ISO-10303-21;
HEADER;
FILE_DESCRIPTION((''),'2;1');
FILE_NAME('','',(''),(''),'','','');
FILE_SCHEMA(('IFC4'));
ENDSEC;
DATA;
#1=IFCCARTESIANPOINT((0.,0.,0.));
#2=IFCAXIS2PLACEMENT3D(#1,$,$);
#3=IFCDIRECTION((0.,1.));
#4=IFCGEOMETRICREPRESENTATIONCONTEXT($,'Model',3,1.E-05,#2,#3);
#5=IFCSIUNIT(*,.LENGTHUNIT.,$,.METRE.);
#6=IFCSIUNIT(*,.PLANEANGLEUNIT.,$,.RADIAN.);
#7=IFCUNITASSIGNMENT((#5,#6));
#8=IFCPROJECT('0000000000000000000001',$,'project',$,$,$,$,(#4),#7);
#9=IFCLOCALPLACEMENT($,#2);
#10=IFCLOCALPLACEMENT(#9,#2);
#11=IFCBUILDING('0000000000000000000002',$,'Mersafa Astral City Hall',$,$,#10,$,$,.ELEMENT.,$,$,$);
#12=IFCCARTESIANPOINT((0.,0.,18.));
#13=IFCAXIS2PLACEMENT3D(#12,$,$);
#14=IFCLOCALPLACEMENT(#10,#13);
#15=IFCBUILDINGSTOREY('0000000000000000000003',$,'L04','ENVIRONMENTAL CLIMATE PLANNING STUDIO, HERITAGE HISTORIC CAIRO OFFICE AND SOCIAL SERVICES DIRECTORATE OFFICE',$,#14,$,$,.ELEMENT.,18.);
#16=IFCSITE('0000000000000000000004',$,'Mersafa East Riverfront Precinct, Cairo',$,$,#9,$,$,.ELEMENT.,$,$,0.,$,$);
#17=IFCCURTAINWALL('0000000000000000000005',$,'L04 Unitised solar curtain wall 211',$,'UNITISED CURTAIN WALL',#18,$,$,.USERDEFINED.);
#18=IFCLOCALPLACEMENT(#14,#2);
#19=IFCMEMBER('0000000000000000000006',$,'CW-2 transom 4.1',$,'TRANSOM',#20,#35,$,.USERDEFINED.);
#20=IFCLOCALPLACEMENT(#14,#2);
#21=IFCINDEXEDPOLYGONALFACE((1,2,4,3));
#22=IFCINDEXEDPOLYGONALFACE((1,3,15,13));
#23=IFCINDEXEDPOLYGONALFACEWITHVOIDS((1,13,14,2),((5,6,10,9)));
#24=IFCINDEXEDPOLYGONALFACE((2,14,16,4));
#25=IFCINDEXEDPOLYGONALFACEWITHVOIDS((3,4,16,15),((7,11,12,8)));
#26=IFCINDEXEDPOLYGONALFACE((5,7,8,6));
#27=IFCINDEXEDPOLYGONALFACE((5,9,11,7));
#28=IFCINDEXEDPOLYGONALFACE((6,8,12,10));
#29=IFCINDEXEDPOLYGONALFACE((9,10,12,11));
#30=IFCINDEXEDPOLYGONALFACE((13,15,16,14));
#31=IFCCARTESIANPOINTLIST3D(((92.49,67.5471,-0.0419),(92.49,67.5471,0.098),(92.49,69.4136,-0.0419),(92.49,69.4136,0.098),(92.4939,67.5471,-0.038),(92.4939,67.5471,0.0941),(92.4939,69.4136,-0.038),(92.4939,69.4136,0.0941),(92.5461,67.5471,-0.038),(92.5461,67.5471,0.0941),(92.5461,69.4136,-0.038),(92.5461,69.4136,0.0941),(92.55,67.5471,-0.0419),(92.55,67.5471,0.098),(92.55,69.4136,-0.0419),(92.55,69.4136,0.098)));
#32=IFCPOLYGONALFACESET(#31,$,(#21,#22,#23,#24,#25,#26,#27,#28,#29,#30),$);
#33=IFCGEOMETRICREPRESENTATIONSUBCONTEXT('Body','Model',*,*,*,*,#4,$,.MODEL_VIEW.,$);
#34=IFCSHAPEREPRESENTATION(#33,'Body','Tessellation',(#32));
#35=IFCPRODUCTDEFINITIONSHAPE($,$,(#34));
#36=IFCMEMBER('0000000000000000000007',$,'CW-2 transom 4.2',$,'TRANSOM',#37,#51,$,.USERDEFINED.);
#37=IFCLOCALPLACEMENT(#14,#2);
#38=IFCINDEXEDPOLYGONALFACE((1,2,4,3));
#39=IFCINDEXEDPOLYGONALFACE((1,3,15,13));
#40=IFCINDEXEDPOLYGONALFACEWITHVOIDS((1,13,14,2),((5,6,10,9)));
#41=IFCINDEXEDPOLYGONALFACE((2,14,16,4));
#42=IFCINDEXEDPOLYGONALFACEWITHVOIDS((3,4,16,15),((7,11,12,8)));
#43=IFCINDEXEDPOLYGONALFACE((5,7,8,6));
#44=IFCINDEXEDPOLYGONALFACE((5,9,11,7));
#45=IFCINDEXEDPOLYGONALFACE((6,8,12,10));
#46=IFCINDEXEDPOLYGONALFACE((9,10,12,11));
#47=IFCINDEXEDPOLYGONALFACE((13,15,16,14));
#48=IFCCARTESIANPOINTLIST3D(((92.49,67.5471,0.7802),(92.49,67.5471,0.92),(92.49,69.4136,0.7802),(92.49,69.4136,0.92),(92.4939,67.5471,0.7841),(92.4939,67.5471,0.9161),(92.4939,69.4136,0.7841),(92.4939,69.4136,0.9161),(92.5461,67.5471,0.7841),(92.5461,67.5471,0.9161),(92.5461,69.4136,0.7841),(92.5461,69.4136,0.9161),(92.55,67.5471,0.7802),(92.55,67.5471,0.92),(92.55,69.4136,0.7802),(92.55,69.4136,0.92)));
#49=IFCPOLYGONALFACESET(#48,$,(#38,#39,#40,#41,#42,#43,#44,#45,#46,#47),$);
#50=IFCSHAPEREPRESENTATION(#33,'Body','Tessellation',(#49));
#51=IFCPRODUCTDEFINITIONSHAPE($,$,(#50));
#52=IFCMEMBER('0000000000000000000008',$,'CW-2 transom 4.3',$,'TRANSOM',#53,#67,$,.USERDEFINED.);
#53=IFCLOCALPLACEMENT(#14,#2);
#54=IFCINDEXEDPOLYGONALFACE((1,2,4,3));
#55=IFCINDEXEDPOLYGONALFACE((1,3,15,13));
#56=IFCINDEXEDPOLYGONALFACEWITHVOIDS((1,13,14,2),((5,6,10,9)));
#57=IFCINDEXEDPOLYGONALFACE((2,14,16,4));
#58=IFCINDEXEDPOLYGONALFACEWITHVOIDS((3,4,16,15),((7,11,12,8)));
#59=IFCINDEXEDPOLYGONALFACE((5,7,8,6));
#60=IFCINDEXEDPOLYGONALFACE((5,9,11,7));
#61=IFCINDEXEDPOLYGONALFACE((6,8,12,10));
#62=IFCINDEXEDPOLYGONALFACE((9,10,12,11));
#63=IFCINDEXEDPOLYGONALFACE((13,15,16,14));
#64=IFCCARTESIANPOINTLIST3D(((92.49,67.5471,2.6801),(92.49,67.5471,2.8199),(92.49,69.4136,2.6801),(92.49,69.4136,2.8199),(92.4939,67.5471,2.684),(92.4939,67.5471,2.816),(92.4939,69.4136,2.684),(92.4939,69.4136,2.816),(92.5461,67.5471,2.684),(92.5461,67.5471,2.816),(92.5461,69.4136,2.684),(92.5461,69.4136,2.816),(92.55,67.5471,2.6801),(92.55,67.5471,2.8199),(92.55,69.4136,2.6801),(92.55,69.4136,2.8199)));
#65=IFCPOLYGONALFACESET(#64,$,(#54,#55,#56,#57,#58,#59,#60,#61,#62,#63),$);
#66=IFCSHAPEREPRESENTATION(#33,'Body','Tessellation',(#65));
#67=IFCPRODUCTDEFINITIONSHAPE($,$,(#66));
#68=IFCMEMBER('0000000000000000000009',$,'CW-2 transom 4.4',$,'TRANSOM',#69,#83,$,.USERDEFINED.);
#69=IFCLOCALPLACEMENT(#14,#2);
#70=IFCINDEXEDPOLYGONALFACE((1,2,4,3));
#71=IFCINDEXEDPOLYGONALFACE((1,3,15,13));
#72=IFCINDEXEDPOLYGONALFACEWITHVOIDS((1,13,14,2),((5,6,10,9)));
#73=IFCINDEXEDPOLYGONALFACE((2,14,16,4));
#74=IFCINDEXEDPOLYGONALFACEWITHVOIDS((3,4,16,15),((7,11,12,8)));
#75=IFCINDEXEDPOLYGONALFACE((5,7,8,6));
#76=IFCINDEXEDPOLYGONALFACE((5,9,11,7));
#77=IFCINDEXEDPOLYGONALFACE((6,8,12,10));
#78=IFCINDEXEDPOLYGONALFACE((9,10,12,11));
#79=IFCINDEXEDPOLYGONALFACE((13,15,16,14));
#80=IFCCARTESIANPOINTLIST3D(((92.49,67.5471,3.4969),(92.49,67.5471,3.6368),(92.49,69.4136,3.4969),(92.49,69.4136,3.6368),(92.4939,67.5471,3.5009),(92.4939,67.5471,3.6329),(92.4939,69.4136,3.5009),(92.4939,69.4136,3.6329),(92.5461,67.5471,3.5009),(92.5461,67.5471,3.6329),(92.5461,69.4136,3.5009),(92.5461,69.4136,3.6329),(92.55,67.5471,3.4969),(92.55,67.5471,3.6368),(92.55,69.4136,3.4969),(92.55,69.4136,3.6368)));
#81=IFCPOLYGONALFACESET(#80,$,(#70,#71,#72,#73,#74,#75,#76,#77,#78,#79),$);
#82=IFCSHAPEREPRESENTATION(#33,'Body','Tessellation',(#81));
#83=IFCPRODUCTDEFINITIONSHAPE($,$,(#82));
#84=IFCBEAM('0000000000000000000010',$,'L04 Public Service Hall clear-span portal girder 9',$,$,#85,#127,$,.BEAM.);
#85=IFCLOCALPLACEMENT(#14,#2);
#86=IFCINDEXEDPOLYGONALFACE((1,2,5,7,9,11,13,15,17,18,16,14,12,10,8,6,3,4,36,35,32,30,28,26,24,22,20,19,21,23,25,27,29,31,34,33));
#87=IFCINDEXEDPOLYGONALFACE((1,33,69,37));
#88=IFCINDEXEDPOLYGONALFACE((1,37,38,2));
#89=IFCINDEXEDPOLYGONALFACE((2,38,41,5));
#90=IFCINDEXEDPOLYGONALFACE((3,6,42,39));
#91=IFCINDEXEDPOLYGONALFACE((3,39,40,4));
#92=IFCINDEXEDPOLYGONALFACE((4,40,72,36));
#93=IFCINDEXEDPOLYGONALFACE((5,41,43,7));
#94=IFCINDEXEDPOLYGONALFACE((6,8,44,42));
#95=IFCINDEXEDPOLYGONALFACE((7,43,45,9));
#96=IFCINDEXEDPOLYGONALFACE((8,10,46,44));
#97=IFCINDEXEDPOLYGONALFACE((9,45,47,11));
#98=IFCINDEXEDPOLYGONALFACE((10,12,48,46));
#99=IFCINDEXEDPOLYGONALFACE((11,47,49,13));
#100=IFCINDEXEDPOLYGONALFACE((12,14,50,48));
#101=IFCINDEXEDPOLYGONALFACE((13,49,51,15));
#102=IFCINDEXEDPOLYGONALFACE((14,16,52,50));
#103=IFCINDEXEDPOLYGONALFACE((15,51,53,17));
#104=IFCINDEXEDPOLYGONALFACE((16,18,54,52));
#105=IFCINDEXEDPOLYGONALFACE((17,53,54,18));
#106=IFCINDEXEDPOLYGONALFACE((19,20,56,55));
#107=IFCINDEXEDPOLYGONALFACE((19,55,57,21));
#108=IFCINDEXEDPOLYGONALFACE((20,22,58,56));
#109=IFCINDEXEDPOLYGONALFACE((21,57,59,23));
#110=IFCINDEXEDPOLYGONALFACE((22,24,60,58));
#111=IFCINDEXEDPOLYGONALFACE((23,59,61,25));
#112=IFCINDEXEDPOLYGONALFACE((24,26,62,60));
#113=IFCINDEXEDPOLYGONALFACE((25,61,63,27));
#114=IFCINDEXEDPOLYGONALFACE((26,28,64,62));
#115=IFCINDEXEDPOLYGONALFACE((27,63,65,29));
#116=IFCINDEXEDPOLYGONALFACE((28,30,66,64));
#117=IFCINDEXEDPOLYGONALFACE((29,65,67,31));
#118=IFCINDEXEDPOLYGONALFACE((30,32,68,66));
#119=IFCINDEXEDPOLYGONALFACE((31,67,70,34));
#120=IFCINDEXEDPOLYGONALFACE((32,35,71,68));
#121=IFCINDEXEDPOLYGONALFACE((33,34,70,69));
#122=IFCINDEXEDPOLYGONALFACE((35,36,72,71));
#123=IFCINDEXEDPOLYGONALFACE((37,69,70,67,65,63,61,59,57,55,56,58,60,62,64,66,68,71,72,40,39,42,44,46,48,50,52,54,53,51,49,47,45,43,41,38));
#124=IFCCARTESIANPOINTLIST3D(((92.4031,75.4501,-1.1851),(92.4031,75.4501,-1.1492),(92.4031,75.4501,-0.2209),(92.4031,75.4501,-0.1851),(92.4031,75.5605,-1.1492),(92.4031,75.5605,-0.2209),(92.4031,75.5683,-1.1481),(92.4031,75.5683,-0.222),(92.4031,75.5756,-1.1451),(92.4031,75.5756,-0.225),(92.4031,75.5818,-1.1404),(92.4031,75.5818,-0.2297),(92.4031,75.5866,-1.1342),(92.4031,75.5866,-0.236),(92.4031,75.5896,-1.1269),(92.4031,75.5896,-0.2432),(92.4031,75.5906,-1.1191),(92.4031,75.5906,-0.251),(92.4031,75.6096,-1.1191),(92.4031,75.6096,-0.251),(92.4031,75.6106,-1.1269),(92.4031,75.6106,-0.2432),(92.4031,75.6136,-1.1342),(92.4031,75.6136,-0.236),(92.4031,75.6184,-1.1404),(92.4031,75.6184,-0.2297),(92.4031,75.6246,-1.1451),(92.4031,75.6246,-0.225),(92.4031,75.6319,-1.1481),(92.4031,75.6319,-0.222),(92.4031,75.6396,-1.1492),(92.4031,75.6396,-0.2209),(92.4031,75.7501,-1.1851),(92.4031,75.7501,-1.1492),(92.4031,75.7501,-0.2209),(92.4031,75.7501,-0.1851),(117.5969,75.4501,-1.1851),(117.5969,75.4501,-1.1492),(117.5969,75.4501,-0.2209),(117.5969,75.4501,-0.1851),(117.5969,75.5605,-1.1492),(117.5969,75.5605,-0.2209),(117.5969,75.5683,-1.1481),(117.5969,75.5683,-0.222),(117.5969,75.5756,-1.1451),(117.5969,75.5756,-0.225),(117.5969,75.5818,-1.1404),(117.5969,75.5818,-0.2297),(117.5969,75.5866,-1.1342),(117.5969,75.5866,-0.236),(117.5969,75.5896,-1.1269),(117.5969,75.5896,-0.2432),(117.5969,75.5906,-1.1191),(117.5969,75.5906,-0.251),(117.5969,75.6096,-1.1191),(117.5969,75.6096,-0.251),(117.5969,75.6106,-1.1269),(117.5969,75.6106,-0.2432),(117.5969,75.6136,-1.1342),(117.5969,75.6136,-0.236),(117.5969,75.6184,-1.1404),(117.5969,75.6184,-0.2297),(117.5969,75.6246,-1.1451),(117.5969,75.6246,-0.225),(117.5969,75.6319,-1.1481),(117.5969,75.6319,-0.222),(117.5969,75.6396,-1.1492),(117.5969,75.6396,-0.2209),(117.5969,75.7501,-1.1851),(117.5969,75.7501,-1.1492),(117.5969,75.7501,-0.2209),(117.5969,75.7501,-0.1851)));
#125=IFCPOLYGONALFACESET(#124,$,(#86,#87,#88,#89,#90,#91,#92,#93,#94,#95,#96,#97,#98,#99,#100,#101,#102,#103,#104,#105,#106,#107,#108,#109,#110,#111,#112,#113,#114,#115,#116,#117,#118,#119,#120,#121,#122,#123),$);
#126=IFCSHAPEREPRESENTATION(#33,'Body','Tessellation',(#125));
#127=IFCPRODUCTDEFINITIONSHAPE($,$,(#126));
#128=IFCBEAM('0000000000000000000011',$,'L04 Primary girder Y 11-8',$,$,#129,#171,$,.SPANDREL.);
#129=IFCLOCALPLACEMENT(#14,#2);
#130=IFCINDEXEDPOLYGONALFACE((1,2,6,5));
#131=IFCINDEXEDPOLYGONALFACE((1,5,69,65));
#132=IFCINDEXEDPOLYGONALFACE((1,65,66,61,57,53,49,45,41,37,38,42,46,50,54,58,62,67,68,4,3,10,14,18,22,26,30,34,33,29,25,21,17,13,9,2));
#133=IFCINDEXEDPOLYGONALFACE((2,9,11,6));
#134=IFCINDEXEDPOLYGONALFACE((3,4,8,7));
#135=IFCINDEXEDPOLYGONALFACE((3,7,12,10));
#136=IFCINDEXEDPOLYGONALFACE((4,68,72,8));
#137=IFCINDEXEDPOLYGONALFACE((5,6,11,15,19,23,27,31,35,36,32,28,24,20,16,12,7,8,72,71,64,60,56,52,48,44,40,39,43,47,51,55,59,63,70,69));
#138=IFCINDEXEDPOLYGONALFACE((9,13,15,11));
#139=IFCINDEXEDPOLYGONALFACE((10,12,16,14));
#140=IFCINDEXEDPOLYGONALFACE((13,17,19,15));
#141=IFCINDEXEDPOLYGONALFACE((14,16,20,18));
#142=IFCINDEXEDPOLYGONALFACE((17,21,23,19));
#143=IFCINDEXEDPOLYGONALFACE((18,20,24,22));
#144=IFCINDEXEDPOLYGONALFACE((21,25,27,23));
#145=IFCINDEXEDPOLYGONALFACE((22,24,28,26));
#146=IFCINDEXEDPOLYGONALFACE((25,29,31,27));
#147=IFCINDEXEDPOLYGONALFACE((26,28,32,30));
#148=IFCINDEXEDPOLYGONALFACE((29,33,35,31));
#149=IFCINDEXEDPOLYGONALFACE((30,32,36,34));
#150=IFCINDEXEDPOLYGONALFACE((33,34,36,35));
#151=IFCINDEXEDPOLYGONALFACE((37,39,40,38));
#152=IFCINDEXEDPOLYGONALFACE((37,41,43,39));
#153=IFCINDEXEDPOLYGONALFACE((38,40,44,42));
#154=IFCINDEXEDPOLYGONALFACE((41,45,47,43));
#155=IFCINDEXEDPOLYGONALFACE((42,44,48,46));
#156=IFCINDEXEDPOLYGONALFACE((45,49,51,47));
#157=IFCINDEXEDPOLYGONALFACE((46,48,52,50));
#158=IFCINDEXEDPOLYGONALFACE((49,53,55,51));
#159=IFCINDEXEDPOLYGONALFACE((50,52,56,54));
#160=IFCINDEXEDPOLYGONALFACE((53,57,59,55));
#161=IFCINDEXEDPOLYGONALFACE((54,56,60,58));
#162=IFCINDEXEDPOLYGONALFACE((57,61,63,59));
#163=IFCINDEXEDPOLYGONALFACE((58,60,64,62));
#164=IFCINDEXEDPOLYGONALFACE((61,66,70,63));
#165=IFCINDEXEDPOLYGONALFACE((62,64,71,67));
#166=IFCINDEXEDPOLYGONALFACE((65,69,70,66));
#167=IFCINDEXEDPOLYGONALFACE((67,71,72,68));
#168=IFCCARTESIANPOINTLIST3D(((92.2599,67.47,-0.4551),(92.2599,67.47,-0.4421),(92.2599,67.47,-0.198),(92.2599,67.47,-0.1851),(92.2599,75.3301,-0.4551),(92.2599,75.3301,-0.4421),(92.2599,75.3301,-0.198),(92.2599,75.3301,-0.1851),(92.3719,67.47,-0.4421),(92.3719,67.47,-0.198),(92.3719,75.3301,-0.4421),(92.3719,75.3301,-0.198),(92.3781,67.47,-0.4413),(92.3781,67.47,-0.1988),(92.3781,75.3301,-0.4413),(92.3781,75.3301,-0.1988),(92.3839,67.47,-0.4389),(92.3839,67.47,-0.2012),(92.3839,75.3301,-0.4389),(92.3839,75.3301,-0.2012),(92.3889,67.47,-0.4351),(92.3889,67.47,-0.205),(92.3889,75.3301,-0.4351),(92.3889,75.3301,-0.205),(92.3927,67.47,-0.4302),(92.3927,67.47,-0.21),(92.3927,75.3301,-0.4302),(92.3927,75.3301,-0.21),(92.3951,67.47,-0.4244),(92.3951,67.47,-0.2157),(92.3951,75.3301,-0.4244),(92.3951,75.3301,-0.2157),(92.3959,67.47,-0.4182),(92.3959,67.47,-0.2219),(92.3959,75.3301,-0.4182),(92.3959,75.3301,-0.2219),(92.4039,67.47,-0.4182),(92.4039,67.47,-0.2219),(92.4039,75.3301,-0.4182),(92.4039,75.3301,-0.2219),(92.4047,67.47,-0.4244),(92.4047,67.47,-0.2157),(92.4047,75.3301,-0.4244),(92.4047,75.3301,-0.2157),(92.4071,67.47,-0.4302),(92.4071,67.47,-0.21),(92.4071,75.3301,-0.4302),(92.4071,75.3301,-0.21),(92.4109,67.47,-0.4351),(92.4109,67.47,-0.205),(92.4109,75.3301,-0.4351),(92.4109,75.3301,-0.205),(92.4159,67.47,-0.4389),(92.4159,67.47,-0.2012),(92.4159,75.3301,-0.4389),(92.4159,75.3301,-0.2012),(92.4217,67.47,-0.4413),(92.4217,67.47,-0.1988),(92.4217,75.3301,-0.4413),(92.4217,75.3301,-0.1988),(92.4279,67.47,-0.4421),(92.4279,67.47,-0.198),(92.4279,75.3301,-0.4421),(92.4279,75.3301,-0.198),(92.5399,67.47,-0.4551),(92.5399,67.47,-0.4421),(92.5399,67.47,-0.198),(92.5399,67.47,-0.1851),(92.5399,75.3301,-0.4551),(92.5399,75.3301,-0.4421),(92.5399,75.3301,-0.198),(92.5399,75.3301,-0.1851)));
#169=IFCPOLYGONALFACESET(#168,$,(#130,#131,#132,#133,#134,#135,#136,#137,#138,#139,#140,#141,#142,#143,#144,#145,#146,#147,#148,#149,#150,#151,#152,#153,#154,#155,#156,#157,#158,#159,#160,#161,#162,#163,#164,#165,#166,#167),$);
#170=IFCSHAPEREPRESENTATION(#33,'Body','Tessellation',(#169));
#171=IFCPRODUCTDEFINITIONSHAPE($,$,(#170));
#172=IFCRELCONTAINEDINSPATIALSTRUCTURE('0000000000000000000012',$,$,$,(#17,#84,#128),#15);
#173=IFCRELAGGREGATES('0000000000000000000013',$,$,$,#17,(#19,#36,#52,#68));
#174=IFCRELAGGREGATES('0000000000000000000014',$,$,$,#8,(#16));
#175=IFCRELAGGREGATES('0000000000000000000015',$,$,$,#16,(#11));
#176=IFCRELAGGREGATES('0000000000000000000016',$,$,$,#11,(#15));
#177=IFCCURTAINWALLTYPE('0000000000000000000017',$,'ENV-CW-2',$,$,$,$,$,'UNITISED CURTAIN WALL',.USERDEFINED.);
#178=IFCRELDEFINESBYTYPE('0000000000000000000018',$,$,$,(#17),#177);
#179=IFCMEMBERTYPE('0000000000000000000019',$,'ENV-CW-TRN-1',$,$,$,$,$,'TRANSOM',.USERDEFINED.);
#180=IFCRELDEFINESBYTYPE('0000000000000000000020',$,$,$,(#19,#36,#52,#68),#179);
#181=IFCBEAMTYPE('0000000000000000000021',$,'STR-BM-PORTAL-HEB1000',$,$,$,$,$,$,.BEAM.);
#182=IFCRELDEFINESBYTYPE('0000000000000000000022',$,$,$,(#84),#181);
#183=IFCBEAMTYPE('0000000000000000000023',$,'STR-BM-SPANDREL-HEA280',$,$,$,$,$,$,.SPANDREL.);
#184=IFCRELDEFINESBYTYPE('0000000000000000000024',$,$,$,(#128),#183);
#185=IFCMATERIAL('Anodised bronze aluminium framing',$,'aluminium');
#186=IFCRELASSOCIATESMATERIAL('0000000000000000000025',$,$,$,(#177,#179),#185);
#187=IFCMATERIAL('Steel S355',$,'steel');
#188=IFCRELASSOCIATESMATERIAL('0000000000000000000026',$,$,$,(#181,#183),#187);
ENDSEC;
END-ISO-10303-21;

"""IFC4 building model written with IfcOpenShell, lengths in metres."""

from ifc_helpers import new_model, si_unit, direction, frame, origin, origin_2d, place, context, subcontext, project, spatial, hollow_rectangle, i_section, extrude, material, material_profile, profile_set, type_object, element, aggregate, save


model = new_model("IFC4")

# Units and contexts
model_context = context("Model", 3, precision=1e-05, world=origin(), true_north=direction((0.0, 1.0)))
body_context = subcontext(model_context, "Body", "Model", "MODEL_VIEW")
ifc_project = project(units=[si_unit("LENGTHUNIT", "METRE"), si_unit("PLANEANGLEUNIT", "RADIAN")], contexts=[model_context])

# Site, building, storey
site_placement = place(None, origin())
site = spatial("IfcSite", under=ifc_project, at=site_placement, Name="Mersafa East Riverfront Precinct, Cairo", CompositionType="ELEMENT", RefElevation=0.0)
building_placement = place(site_placement, origin())
building = spatial("IfcBuilding", under=site, at=building_placement, Name="Mersafa Astral City Hall", CompositionType="ELEMENT")
storey_placement = place(building_placement, frame((0.0, 0.0, 18.0)))
storey = spatial("IfcBuildingStorey", under=building, at=storey_placement, Name="L04", Description="ENVIRONMENTAL CLIMATE PLANNING STUDIO, HERITAGE HISTORIC CAIRO OFFICE AND SOCIAL SERVICES DIRECTORATE OFFICE", CompositionType="ELEMENT", Elevation=18.0)

# Shared definitions
ifc_material_1 = material(Name="Steel S355", Category="steel")

# Curtain wall, members
ifc_material_2 = material(Name="Anodised bronze aluminium framing", Category="aluminium")
curtain_wall_type = type_object("IfcCurtainWallType", Name="ENV-CW-2", ElementType="UNITISED CURTAIN WALL", PredefinedType="USERDEFINED", material=ifc_material_2)
curtain_wall_placement = place(storey_placement, origin())
curtain_wall = element("IfcCurtainWall", 1, at=curtain_wall_placement, inside=storey, type_object=curtain_wall_type, Name="L04 Unitised solar curtain wall 211", ObjectType="UNITISED CURTAIN WALL", PredefinedType="USERDEFINED")
ifc_material_profile_1 = material_profile(ifc_material_2, hollow_rectangle(XDim=0.0601, YDim=0.1399, WallThickness=0.0039, at=origin_2d()), Name="RHS 60x140x4")
ifc_profile_set_1 = profile_set([ifc_material_profile_1], Name="Anodised bronze aluminium framing")
member_type_1 = type_object("IfcMemberType", Name="ENV-CW-TRN-1", ElementType="TRANSOM", PredefinedType="USERDEFINED", material=ifc_profile_set_1)
member_1_placement = place(storey_placement, frame((92.52, 69.4136, 0.0281), z_axis=(0.0, -1.0, 0.0), x_axis=(1.0, 0.0, 0.0)))
member_1 = element("IfcMember", 2, at=member_1_placement, type_object=member_type_1, Name="CW-2 transom 4.1", ObjectType="TRANSOM", PredefinedType="USERDEFINED", context=body_context, shape_type="SweptSolid", body=[
    extrude(hollow_rectangle(XDim=0.0601, YDim=0.1399, WallThickness=0.0039, at=origin_2d()), origin(), (0.0, 0.0, 1.0), 1.8665),
])
member_2_placement = place(storey_placement, frame((92.52, 69.4136, 0.8501), z_axis=(0.0, -1.0, 0.0), x_axis=(1.0, 0.0, 0.0)))
member_2 = element("IfcMember", 3, at=member_2_placement, type_object=member_type_1, Name="CW-2 transom 4.2", ObjectType="TRANSOM", PredefinedType="USERDEFINED", context=body_context, shape_type="SweptSolid", body=[
    extrude(hollow_rectangle(XDim=0.0601, YDim=0.1399, WallThickness=0.0039, at=origin_2d()), origin(), (0.0, 0.0, 1.0), 1.8665),
])
member_3_placement = place(storey_placement, frame((92.52, 69.4136, 2.75), z_axis=(0.0, -1.0, 0.0), x_axis=(1.0, 0.0, 0.0)))
member_3 = element("IfcMember", 4, at=member_3_placement, type_object=member_type_1, Name="CW-2 transom 4.3", ObjectType="TRANSOM", PredefinedType="USERDEFINED", context=body_context, shape_type="SweptSolid", body=[
    extrude(hollow_rectangle(XDim=0.0601, YDim=0.1399, WallThickness=0.0039, at=origin_2d()), origin(), (0.0, 0.0, 1.0), 1.8665),
])
member_4_placement = place(storey_placement, frame((92.52, 69.4136, 3.5669), z_axis=(0.0, -1.0, 0.0), x_axis=(1.0, 0.0, 0.0)))
member_4 = element("IfcMember", 5, at=member_4_placement, type_object=member_type_1, Name="CW-2 transom 4.4", ObjectType="TRANSOM", PredefinedType="USERDEFINED", context=body_context, shape_type="SweptSolid", body=[
    extrude(hollow_rectangle(XDim=0.0601, YDim=0.1399, WallThickness=0.0039, at=origin_2d()), origin(), (0.0, 0.0, 1.0), 1.8665),
])

# Beams
ifc_material_profile_2 = material_profile(ifc_material_1, i_section(OverallWidth=0.3, OverallDepth=1.0, WebThickness=0.019, FlangeThickness=0.0359, FilletRadius=0.03, at=origin_2d()), Name="HEB 1000")
ifc_profile_set_2 = profile_set([ifc_material_profile_2], Name="Steel S355")
beam_type_1 = type_object("IfcBeamType", Name="STR-BM-PORTAL-HEB1000", PredefinedType="BEAM", material=ifc_profile_set_2)
beam_1_placement = place(storey_placement, frame((92.4031, 75.6001, -0.6851), z_axis=(1.0, 0.0, 0.0), x_axis=(0.0, 1.0, 0.0)))
element("IfcBeam", 6, at=beam_1_placement, inside=storey, type_object=beam_type_1, Name="L04 Public Service Hall clear-span portal girder 9", PredefinedType="BEAM", context=body_context, shape_type="SweptSolid", body=[
    extrude(i_section(OverallWidth=0.3, OverallDepth=1.0, WebThickness=0.019, FlangeThickness=0.0359, FilletRadius=0.03, at=origin_2d()), origin(), (0.0, 0.0, 1.0), 25.1938),
])
ifc_material_profile_3 = material_profile(ifc_material_1, i_section(OverallWidth=0.28, OverallDepth=0.27, WebThickness=0.0081, FlangeThickness=0.0129, FilletRadius=0.0239, at=origin_2d()), Name="HEA 280")
ifc_profile_set_3 = profile_set([ifc_material_profile_3], Name="Steel S355")
beam_type_2 = type_object("IfcBeamType", Name="STR-BM-SPANDREL-HEA280", PredefinedType="SPANDREL", material=ifc_profile_set_3)
beam_2_placement = place(storey_placement, frame((92.3999, 67.47, -0.3201), z_axis=(0.0, 1.0, 0.0), x_axis=(-1.0, 0.0, 0.0)))
element("IfcBeam", 7, at=beam_2_placement, inside=storey, type_object=beam_type_2, Name="L04 Primary girder Y 11-8", PredefinedType="SPANDREL", context=body_context, shape_type="SweptSolid", body=[
    extrude(i_section(OverallWidth=0.28, OverallDepth=0.27, WebThickness=0.0081, FlangeThickness=0.0129, FilletRadius=0.0239, at=origin_2d()), origin(), (0.0, 0.0, 1.0), 7.8601),
])

aggregate(curtain_wall, [member_1, member_2, member_3, member_4])

save(model, "model.ifc")
